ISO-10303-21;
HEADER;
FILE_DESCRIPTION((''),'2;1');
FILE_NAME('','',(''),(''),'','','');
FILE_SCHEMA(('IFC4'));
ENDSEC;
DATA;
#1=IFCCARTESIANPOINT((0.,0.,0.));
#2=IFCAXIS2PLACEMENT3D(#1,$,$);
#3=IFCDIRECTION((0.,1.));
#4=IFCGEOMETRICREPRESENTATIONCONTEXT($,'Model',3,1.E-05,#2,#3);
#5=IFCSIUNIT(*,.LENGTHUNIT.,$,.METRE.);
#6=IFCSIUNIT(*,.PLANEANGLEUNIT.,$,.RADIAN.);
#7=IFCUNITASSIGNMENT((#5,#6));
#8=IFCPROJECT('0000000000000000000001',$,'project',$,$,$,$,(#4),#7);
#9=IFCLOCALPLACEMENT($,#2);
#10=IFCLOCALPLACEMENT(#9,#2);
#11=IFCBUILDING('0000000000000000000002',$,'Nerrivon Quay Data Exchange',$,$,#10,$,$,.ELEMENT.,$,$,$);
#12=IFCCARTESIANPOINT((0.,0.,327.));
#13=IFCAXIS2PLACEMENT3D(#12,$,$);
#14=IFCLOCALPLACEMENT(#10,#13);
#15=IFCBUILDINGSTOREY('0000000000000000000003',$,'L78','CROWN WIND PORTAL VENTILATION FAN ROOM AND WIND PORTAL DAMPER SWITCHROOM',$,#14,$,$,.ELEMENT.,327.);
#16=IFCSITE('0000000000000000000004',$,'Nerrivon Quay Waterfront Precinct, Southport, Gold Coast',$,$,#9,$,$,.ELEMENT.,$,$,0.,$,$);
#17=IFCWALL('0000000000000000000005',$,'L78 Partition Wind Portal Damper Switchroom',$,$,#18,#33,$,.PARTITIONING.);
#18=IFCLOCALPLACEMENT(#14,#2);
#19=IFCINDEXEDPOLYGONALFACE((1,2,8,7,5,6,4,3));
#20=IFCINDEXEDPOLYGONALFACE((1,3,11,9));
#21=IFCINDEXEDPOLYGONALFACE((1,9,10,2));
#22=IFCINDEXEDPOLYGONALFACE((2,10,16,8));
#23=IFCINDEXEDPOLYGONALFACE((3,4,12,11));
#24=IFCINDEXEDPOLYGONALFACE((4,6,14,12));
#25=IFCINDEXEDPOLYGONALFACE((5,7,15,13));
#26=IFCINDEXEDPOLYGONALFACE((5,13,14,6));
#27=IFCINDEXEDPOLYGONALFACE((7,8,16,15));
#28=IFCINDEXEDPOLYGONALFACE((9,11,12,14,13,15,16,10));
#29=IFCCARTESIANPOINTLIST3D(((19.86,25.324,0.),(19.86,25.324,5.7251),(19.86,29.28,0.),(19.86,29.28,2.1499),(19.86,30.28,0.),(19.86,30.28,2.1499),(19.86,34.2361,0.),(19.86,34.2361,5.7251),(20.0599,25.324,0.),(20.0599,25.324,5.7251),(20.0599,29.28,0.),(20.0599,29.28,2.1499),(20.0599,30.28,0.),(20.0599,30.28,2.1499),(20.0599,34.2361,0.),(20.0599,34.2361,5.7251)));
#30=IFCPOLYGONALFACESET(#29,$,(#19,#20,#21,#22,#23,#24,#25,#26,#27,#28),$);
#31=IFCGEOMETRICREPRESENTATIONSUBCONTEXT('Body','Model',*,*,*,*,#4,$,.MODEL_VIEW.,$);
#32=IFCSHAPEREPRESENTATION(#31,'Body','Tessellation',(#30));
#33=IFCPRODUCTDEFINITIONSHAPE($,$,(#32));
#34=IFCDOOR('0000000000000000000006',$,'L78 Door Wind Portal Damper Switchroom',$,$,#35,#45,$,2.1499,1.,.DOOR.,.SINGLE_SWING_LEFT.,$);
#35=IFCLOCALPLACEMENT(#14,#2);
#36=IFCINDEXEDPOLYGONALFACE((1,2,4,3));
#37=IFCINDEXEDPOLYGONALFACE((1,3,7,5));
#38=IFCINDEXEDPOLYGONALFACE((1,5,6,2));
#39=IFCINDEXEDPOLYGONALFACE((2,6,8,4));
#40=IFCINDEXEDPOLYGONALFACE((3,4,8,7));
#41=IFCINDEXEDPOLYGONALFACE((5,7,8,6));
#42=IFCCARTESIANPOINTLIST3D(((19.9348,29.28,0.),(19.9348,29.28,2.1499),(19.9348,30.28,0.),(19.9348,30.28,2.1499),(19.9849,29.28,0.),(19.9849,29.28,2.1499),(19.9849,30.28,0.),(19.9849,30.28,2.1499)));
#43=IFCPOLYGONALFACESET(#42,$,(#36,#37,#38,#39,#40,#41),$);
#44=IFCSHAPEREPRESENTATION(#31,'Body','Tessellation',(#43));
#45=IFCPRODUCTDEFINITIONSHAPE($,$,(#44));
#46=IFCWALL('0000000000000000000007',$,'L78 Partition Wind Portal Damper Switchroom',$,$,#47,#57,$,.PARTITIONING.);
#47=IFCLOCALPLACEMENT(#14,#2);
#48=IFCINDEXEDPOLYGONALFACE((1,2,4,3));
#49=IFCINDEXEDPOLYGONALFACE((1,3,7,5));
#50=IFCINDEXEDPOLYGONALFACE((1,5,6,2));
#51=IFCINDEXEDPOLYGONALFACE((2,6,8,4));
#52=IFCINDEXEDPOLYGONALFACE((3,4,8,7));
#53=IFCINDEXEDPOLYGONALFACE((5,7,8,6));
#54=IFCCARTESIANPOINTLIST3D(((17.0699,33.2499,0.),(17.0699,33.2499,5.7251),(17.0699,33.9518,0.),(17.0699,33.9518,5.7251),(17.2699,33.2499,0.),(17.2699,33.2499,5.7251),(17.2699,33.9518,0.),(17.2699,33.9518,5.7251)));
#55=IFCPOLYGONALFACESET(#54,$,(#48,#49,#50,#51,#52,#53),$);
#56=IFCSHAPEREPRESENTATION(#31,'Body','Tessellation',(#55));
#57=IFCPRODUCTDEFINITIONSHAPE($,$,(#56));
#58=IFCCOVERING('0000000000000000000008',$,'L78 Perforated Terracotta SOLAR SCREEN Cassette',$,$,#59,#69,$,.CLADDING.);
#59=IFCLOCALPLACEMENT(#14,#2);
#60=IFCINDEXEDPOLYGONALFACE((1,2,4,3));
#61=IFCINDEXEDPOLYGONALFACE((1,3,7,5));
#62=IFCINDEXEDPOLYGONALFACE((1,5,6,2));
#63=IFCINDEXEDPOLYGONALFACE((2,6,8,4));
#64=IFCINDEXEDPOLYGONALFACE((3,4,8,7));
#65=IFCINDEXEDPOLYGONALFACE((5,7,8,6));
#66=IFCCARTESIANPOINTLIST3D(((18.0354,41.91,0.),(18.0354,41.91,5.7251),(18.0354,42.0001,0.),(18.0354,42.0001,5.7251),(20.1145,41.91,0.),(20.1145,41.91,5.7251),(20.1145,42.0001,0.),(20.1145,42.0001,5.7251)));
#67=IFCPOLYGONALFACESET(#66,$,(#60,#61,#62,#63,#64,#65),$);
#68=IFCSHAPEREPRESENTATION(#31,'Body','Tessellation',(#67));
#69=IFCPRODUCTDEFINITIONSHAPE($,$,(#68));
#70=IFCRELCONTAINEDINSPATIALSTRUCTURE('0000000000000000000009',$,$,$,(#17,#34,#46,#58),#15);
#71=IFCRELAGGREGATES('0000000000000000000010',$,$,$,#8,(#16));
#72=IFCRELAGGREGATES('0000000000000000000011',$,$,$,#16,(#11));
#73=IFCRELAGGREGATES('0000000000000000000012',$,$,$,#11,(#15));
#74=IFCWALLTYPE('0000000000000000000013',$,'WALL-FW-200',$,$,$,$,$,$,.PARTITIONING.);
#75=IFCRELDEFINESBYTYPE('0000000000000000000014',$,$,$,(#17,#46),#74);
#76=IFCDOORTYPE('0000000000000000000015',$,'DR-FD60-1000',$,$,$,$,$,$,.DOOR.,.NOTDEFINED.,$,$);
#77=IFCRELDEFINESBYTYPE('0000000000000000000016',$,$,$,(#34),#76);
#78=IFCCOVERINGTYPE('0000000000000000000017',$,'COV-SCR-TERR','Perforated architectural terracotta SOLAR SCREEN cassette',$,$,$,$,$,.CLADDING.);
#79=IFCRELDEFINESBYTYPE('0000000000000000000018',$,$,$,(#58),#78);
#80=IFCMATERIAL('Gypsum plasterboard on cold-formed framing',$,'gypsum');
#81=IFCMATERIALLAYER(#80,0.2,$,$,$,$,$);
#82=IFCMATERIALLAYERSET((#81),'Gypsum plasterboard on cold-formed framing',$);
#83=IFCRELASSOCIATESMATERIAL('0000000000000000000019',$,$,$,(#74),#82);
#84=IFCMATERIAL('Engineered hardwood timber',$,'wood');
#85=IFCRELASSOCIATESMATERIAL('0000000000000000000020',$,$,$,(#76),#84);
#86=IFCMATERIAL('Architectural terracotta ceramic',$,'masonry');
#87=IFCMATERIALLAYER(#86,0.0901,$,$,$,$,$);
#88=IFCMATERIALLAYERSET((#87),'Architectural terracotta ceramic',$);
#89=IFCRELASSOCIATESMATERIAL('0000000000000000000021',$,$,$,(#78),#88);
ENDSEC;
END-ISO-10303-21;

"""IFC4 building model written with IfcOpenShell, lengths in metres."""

from ifc_helpers import new_model, si_unit, direction, frame, frame_2d, origin, origin_2d, place, context, subcontext, project, spatial, rectangle, extrude, material, layer, layer_set, type_object, element, fill, save


model = new_model("IFC4")

# Units and contexts
model_context = context("Model", 3, precision=1e-05, world=origin(), true_north=direction((0.0, 1.0)))
body_context = subcontext(model_context, "Body", "Model", "MODEL_VIEW")
ifc_project = project(units=[si_unit("LENGTHUNIT", "METRE"), si_unit("PLANEANGLEUNIT", "RADIAN")], contexts=[model_context])

# Site, building, storey
site_placement = place(None, origin())
site = spatial("IfcSite", under=ifc_project, at=site_placement, Name="Nerrivon Quay Waterfront Precinct, Southport, Gold Coast", CompositionType="ELEMENT", RefElevation=0.0)
building_placement = place(site_placement, origin())
building = spatial("IfcBuilding", under=site, at=building_placement, Name="Nerrivon Quay Data Exchange", CompositionType="ELEMENT")
storey_placement = place(building_placement, frame((0.0, 0.0, 327.0)))
storey = spatial("IfcBuildingStorey", under=building, at=storey_placement, Name="L78", Description="CROWN WIND PORTAL VENTILATION FAN ROOM AND WIND PORTAL DAMPER SWITCHROOM", CompositionType="ELEMENT", Elevation=327.0)

# Shared definitions
ifc_material_1 = material(Name="Gypsum plasterboard on cold-formed framing", Category="gypsum")
ifc_layer_1 = layer(ifc_material_1, 0.2)
ifc_layer_set_1 = layer_set([ifc_layer_1], Name="Gypsum plasterboard on cold-formed framing")
wall_type_1 = type_object("IfcWallType", Name="WALL-FW-200", PredefinedType="PARTITIONING", material=ifc_layer_set_1)

# Wall, opening, door
wall_1_placement = place(storey_placement, frame((19.96, 34.2361, 0.0), z_axis=(0.0, 0.0, 1.0), x_axis=(0.0, -1.0, 0.0)))
wall_1 = element("IfcWall", 1, at=wall_1_placement, inside=storey, type_object=wall_type_1, Name="L78 Partition Wind Portal Damper Switchroom", PredefinedType="PARTITIONING", context=body_context, shape_type="SweptSolid", body=[
    extrude(rectangle(XDim=8.9121, YDim=0.2, at=frame_2d((4.4561, 0.0))), origin(), (0.0, 0.0, 1.0), 5.7251),
])
opening_1_placement = place(wall_1_placement, frame((3.9561, 0.0, 0.0)))
opening_1 = element("IfcOpeningElement", 2, at=opening_1_placement, cuts=wall_1, PredefinedType="OPENING", context=body_context, shape_type="SweptSolid", body=[
    extrude(rectangle(XDim=1.0, YDim=2.1499, at=frame_2d((0.5, 1.075))), frame((0.0, 0.1099, 0.0), z_axis=(0.0, -1.0, 0.0), x_axis=(1.0, 0.0, 0.0)), (0.0, 0.0, 1.0), 0.22),
])
ifc_material_2 = material(Name="Engineered hardwood timber", Category="wood")
door_type_1 = type_object("IfcDoorType", Name="DR-FD60-1000", OperationType="NOTDEFINED", PredefinedType="DOOR", material=ifc_material_2)
door_1_placement = place(opening_1_placement, origin())
door_1 = element("IfcDoor", 3, at=door_1_placement, inside=storey, type_object=door_type_1, Name="L78 Door Wind Portal Damper Switchroom", OperationType="SINGLE_SWING_LEFT", OverallHeight=2.1499, OverallWidth=1.0, PredefinedType="DOOR", context=body_context, shape_type="SweptSolid", body=[
    extrude(rectangle(XDim=1.0, YDim=2.1499, at=frame_2d((0.5, 1.075))), frame((0.0, 0.0249, 0.0), z_axis=(0.0, -1.0, 0.0), x_axis=(1.0, 0.0, 0.0)), (0.0, 0.0, 1.0), 0.05),
])
fill(opening_1, door_1)

# Wall
wall_2_placement = place(storey_placement, frame((17.1699, 33.9519, 0.0), z_axis=(0.0, 0.0, 1.0), x_axis=(0.0, -1.0, 0.0)))
element("IfcWall", 4, at=wall_2_placement, inside=storey, type_object=wall_type_1, Name="L78 Partition Wind Portal Damper Switchroom", PredefinedType="PARTITIONING", context=body_context, shape_type="SweptSolid", body=[
    extrude(rectangle(XDim=0.7019, YDim=0.2, at=frame_2d((0.3511, 0.0))), origin(), (0.0, 0.0, 1.0), 5.7251),
])

# Covering
ifc_material_3 = material(Name="Architectural terracotta ceramic", Category="masonry")
ifc_layer_2 = layer(ifc_material_3, 0.0901)
ifc_layer_set_2 = layer_set([ifc_layer_2], Name="Architectural terracotta ceramic")
covering_type = type_object("IfcCoveringType", Name="COV-SCR-TERR", Description="Perforated architectural terracotta SOLAR SCREEN cassette", PredefinedType="CLADDING", material=ifc_layer_set_2)
covering_placement = place(storey_placement, frame((19.075, 41.9551, 0.0), z_axis=(0.0, 0.0, 1.0), x_axis=(1.0, 0.0, 0.0)))
element("IfcCovering", 5, at=covering_placement, inside=storey, type_object=covering_type, Name="L78 Perforated Terracotta SOLAR SCREEN Cassette", PredefinedType="CLADDING", context=body_context, shape_type="SweptSolid", body=[
    extrude(rectangle(XDim=2.0791, YDim=0.0901, at=origin_2d()), origin(), (0.0, 0.0, 1.0), 5.7251),
])

save(model, "model.ifc")
